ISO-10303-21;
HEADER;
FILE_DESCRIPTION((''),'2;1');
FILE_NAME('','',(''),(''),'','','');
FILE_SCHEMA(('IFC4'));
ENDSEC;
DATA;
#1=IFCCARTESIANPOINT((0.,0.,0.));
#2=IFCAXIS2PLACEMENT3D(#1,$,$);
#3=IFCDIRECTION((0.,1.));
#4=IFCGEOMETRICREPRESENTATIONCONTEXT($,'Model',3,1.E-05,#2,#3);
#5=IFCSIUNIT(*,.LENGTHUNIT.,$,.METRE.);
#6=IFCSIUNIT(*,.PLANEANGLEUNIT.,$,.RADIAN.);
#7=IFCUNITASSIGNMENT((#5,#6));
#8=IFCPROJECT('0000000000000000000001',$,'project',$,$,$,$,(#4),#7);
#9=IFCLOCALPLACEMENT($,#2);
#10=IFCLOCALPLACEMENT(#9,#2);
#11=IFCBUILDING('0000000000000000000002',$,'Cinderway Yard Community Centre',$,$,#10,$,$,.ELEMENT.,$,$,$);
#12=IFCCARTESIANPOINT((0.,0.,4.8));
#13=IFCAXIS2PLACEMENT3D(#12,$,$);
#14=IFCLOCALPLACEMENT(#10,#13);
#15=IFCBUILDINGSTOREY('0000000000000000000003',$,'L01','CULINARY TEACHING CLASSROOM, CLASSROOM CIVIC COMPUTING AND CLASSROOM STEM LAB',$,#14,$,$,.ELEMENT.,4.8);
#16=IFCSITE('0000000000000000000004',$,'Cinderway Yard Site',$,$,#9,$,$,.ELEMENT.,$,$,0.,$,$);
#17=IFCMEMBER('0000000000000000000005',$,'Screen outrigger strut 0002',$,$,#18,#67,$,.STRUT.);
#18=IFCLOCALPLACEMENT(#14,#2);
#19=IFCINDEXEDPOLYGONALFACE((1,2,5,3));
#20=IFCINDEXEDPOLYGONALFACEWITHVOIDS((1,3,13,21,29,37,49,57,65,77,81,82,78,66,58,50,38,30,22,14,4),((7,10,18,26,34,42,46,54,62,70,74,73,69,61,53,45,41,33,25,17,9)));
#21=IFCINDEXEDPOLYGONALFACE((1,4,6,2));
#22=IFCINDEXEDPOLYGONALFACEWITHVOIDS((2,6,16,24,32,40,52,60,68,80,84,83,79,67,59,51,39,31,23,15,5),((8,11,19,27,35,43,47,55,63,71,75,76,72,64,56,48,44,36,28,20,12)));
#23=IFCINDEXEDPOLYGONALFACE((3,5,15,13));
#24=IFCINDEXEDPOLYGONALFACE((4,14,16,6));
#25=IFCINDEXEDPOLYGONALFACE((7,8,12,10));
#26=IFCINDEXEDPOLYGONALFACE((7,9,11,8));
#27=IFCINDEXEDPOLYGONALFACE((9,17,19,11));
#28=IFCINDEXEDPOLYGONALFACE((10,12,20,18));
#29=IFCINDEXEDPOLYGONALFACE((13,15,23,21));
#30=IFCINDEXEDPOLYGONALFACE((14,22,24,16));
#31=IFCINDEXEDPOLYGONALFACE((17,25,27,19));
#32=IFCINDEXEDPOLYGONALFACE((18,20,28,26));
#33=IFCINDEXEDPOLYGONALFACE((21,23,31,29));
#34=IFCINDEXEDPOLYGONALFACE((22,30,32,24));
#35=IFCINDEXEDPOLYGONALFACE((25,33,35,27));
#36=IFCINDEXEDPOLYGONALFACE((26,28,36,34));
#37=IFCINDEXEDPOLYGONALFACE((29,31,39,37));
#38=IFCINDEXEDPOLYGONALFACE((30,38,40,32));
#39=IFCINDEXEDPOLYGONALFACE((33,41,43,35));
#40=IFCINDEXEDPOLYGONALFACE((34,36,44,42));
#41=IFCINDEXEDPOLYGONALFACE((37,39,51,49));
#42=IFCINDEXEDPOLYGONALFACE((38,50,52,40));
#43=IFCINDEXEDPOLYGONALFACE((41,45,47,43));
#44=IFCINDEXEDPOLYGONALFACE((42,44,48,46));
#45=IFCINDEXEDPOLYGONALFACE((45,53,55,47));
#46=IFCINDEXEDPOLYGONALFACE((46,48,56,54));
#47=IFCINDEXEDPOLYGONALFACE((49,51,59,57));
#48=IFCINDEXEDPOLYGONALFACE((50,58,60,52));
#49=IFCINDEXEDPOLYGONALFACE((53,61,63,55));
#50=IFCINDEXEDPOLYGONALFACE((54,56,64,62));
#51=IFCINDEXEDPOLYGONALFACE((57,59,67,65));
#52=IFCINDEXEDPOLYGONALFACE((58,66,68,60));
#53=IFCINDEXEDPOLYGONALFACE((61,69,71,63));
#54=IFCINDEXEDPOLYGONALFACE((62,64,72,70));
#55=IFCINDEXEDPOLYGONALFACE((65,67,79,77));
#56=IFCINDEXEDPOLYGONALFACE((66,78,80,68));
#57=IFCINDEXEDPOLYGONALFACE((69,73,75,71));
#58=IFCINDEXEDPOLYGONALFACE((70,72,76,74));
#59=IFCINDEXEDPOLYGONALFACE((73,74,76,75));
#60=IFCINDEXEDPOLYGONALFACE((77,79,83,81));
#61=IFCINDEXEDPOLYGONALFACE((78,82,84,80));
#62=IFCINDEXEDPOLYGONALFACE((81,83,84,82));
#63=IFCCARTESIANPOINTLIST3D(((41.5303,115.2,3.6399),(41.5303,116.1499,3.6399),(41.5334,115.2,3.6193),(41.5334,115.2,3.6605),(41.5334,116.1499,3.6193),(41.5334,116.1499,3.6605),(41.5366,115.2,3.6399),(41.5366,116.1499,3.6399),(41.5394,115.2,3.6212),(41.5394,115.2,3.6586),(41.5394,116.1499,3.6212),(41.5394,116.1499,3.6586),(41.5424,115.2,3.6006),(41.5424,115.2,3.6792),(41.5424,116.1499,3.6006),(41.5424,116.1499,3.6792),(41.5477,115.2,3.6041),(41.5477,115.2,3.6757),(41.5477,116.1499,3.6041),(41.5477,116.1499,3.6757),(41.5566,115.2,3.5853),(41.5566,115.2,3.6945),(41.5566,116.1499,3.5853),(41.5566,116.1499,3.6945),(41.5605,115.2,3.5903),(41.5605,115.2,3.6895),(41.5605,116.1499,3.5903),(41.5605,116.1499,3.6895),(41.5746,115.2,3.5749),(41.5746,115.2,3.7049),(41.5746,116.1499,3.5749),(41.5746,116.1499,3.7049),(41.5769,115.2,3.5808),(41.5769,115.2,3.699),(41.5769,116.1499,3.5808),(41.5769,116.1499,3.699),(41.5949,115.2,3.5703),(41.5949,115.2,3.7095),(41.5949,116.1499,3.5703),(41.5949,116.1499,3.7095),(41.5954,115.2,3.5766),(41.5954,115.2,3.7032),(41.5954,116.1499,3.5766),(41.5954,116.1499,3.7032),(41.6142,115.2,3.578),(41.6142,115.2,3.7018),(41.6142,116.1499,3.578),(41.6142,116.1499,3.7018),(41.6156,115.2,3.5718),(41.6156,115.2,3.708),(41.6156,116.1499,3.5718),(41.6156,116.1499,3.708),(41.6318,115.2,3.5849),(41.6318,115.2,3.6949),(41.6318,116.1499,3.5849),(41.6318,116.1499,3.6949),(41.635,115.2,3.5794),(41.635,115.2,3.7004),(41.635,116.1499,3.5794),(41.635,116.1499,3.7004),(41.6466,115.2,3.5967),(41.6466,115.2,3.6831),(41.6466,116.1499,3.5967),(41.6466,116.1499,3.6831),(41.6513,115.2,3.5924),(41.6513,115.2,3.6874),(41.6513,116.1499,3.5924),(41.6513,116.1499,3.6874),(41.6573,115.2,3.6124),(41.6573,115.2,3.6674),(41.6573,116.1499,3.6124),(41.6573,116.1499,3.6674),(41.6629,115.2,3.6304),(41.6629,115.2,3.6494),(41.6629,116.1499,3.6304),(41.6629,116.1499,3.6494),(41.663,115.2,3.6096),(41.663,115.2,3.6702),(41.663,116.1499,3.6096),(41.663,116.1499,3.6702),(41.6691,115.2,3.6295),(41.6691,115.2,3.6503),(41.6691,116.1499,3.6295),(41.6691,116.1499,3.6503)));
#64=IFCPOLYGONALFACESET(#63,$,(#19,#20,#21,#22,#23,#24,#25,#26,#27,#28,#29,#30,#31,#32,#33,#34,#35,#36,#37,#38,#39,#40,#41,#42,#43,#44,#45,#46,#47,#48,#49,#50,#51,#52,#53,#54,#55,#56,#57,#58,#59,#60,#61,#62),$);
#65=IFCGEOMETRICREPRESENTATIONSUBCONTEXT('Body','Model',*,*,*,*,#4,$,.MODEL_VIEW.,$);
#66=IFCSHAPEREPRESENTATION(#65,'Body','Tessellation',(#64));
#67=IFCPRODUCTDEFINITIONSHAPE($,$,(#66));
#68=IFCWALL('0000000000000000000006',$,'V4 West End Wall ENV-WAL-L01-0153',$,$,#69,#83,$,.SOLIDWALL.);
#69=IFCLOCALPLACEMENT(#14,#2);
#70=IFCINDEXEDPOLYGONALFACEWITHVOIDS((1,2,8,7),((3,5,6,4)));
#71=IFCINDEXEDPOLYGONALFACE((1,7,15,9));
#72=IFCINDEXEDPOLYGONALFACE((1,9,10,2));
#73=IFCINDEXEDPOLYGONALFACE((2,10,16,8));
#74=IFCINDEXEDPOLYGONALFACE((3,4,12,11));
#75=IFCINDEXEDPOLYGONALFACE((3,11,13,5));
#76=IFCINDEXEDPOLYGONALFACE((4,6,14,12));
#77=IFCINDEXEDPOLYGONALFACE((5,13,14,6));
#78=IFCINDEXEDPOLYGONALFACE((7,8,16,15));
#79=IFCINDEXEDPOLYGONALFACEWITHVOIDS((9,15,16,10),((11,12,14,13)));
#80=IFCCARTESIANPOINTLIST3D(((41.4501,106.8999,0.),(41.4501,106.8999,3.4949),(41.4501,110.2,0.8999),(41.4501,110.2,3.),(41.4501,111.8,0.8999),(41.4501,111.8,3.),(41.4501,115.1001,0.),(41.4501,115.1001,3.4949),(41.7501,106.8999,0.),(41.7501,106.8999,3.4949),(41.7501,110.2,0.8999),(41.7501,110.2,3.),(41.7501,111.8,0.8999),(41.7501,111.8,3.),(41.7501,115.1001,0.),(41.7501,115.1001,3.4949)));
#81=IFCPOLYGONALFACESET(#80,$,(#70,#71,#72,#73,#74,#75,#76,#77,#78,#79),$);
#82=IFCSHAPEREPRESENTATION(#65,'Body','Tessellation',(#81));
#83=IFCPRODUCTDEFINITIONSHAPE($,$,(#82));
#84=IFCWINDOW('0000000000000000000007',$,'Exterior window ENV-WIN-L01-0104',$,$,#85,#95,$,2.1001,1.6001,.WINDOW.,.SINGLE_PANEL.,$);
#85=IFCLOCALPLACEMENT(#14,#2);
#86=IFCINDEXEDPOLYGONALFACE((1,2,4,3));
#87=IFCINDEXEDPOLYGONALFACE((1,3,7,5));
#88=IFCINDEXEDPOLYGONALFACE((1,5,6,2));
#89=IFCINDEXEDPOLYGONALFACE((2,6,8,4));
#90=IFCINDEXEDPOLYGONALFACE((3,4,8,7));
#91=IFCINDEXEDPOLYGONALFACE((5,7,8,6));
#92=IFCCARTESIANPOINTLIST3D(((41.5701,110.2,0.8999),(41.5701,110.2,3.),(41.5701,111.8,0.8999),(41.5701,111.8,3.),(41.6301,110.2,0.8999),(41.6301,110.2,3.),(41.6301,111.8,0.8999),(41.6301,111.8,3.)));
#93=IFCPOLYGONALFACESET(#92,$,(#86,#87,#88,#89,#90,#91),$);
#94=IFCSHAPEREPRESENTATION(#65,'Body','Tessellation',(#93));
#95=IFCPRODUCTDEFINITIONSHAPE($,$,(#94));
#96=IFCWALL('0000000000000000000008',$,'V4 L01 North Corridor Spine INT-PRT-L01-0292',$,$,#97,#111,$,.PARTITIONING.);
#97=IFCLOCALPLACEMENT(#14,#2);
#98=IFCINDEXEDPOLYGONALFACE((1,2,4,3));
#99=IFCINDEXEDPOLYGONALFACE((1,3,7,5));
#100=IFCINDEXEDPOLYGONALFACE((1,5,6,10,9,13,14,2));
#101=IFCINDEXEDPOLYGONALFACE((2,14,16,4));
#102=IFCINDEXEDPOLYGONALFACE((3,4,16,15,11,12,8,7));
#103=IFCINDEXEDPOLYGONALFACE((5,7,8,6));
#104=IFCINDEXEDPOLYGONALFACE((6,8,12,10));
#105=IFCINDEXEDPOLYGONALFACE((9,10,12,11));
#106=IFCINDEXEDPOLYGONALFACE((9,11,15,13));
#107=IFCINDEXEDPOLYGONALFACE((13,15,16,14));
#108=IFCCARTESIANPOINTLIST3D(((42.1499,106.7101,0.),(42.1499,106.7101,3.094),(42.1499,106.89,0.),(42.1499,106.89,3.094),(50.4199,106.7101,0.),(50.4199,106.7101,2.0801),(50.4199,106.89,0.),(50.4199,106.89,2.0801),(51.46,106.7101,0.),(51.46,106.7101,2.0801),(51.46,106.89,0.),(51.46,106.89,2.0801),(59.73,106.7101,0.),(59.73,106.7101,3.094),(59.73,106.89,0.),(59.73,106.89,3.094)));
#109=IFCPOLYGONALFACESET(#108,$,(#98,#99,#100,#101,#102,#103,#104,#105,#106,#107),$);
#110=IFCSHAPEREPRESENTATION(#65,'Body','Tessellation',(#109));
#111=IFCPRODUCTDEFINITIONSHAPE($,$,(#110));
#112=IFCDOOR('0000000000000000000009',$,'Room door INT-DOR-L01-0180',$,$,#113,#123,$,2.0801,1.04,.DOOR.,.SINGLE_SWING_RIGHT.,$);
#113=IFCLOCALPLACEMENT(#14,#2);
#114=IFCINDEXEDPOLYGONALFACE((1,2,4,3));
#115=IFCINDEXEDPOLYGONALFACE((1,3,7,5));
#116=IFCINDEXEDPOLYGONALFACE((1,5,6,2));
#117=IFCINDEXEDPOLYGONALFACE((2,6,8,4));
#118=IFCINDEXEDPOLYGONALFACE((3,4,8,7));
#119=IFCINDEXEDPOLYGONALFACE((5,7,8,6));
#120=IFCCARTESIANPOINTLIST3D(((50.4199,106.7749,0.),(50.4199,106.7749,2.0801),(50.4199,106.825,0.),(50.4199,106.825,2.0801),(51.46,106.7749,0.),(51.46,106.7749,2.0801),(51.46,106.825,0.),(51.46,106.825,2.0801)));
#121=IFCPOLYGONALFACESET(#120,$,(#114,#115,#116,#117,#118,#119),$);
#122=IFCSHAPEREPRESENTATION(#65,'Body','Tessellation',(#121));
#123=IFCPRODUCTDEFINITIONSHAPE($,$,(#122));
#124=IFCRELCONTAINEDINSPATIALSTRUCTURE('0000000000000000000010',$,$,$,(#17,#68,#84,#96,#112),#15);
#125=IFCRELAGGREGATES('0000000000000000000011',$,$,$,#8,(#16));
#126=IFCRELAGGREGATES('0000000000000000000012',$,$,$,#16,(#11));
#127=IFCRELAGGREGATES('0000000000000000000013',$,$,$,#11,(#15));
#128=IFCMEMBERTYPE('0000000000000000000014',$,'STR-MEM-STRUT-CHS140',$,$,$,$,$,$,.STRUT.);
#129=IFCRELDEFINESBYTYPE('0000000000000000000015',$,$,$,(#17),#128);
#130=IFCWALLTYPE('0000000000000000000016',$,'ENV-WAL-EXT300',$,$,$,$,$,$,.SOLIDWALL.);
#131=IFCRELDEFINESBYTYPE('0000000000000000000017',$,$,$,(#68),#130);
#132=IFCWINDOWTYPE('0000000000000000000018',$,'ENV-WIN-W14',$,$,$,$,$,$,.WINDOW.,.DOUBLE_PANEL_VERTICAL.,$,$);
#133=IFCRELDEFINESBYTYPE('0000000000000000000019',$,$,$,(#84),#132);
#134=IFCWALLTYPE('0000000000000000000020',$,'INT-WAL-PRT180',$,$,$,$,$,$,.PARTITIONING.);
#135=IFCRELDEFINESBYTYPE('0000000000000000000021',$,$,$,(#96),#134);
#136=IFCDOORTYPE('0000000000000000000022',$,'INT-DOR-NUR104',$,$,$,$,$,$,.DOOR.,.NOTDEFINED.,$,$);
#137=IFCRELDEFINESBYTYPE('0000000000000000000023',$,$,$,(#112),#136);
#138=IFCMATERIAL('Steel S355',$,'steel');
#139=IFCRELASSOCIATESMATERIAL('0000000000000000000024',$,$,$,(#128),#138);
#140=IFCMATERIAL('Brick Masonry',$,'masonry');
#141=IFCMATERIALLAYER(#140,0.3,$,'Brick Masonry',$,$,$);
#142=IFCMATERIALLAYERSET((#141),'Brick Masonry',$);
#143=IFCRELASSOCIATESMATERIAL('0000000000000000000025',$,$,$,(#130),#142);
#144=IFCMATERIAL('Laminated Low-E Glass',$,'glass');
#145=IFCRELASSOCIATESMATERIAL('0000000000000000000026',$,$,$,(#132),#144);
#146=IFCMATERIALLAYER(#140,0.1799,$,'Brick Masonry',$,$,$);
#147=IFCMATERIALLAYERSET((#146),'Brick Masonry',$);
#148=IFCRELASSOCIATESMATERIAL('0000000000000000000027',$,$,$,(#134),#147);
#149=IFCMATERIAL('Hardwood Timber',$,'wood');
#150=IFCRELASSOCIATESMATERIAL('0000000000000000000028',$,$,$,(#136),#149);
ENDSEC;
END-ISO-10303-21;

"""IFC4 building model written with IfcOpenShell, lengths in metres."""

from ifc_helpers import new_model, si_unit, direction, frame, frame_2d, origin, origin_2d, place, context, subcontext, project, spatial, rectangle, hollow_circle, extrude, material, layer, layer_set, material_profile, profile_set, type_object, element, fill, save


model = new_model("IFC4")

# Units and contexts
model_context = context("Model", 3, precision=1e-05, world=origin(), true_north=direction((0.0, 1.0)))
body_context = subcontext(model_context, "Body", "Model", "MODEL_VIEW")
ifc_project = project(units=[si_unit("LENGTHUNIT", "METRE"), si_unit("PLANEANGLEUNIT", "RADIAN")], contexts=[model_context])

# Site, building, storey
site_placement = place(None, origin())
site = spatial("IfcSite", under=ifc_project, at=site_placement, Name="Cinderway Yard Site", CompositionType="ELEMENT", RefElevation=0.0)
building_placement = place(site_placement, origin())
building = spatial("IfcBuilding", under=site, at=building_placement, Name="Cinderway Yard Community Centre", CompositionType="ELEMENT")
storey_placement = place(building_placement, frame((0.0, 0.0, 4.8)))
storey = spatial("IfcBuildingStorey", under=building, at=storey_placement, Name="L01", Description="CULINARY TEACHING CLASSROOM, CLASSROOM CIVIC COMPUTING AND CLASSROOM STEM LAB", CompositionType="ELEMENT", Elevation=4.8)

# Member
ifc_material_1 = material(Name="Steel S355", Category="steel")
ifc_material_profile_1 = material_profile(ifc_material_1, hollow_circle(Radius=0.0698, WallThickness=0.0063, at=origin_2d()), Name="Steel S355")
ifc_profile_set_1 = profile_set([ifc_material_profile_1], Name="Steel S355")
member_type = type_object("IfcMemberType", Name="STR-MEM-STRUT-CHS140", PredefinedType="STRUT", material=ifc_profile_set_1)
for number, where, z_axis, x_axis, name in (
    (1, (41.6001, 115.2, 3.6399), (0.0, 1.0, 0.0), (-1.0, 0.0, 0.0), "Screen outrigger strut 0002"),
):
    element("IfcMember", number, at=place(storey_placement, frame(where, z_axis=z_axis, x_axis=x_axis)), inside=storey, type_object=member_type, Name=name, PredefinedType="STRUT", context=body_context, shape_type="SweptSolid", body=[
        extrude(hollow_circle(Radius=0.0698, WallThickness=0.0063, at=origin_2d()), origin(), (0.0, 0.0, 1.0), 0.95),
    ])

# Wall, opening, window
ifc_material_2 = material(Name="Brick Masonry", Category="masonry")
ifc_layer_1 = layer(ifc_material_2, 0.3, Name="Brick Masonry")
ifc_layer_set_1 = layer_set([ifc_layer_1], Name="Brick Masonry")
wall_type_1 = type_object("IfcWallType", Name="ENV-WAL-EXT300", PredefinedType="SOLIDWALL", material=ifc_layer_set_1)
wall_1_placement = place(storey_placement, frame((41.6001, 106.8999, 0.0), z_axis=(0.0, 0.0, 1.0), x_axis=(0.0, 1.0, 0.0)))
wall_1 = element("IfcWall", 2, at=wall_1_placement, inside=storey, type_object=wall_type_1, Name="V4 West End Wall ENV-WAL-L01-0153", PredefinedType="SOLIDWALL", context=body_context, shape_type="SweptSolid", body=[
    extrude(rectangle(XDim=8.2002, YDim=0.3, at=frame_2d((4.1001, 0.0))), origin(), (0.0, 0.0, 1.0), 3.4949),
])
opening_1_placement = place(wall_1_placement, frame((3.3, 0.0, 0.8999)))
opening_1 = element("IfcOpeningElement", 3, at=opening_1_placement, cuts=wall_1, PredefinedType="OPENING", context=body_context, shape_type="SweptSolid", body=[
    extrude(rectangle(XDim=1.6001, YDim=2.1001, at=frame_2d((0.8, 1.05))), frame((0.0, 0.1599, 0.0), z_axis=(0.0, -1.0, 0.0), x_axis=(1.0, 0.0, 0.0)), (0.0, 0.0, 1.0), 0.3201),
])
ifc_material_3 = material(Name="Laminated Low-E Glass", Category="glass")
window_type = type_object("IfcWindowType", Name="ENV-WIN-W14", PartitioningType="DOUBLE_PANEL_VERTICAL", PredefinedType="WINDOW", material=ifc_material_3)
window_placement = place(opening_1_placement, origin())
window = element("IfcWindow", 4, at=window_placement, inside=storey, type_object=window_type, Name="Exterior window ENV-WIN-L01-0104", OverallHeight=2.1001, OverallWidth=1.6001, PartitioningType="SINGLE_PANEL", PredefinedType="WINDOW", context=body_context, shape_type="SweptSolid", body=[
    extrude(rectangle(XDim=1.6001, YDim=2.1001, at=frame_2d((0.8, 1.05))), frame((0.0, 0.03, 0.0), z_axis=(0.0, -1.0, 0.0), x_axis=(1.0, 0.0, 0.0)), (0.0, 0.0, 1.0), 0.0601),
])
fill(opening_1, window)

# Wall, opening, door
ifc_layer_2 = layer(ifc_material_2, 0.1799, Name="Brick Masonry")
ifc_layer_set_2 = layer_set([ifc_layer_2], Name="Brick Masonry")
wall_type_2 = type_object("IfcWallType", Name="INT-WAL-PRT180", PredefinedType="PARTITIONING", material=ifc_layer_set_2)
wall_2_placement = place(storey_placement, frame((42.1499, 106.8, 0.0), z_axis=(0.0, 0.0, 1.0), x_axis=(1.0, 0.0, 0.0)))
wall_2 = element("IfcWall", 5, at=wall_2_placement, inside=storey, type_object=wall_type_2, Name="V4 L01 North Corridor Spine INT-PRT-L01-0292", PredefinedType="PARTITIONING", context=body_context, shape_type="SweptSolid", body=[
    extrude(rectangle(XDim=17.5801, YDim=0.1799, at=frame_2d((8.79, 0.0))), origin(), (0.0, 0.0, 1.0), 3.094),
])
opening_2_placement = place(wall_2_placement, frame((8.27, 0.0, 0.0)))
opening_2 = element("IfcOpeningElement", 6, at=opening_2_placement, cuts=wall_2, PredefinedType="OPENING", context=body_context, shape_type="SweptSolid", body=[
    extrude(rectangle(XDim=1.04, YDim=2.0801, at=frame_2d((0.52, 1.04))), frame((0.0, 0.0999, 0.0), z_axis=(0.0, -1.0, 0.0), x_axis=(1.0, 0.0, 0.0)), (0.0, 0.0, 1.0), 0.2),
])
ifc_material_4 = material(Name="Hardwood Timber", Category="wood")
door_type = type_object("IfcDoorType", Name="INT-DOR-NUR104", OperationType="NOTDEFINED", PredefinedType="DOOR", material=ifc_material_4)
door_placement = place(opening_2_placement, origin())
door = element("IfcDoor", 7, at=door_placement, inside=storey, type_object=door_type, Name="Room door INT-DOR-L01-0180", OperationType="SINGLE_SWING_RIGHT", OverallHeight=2.0801, OverallWidth=1.04, PredefinedType="DOOR", context=body_context, shape_type="SweptSolid", body=[
    extrude(rectangle(XDim=1.04, YDim=2.0801, at=frame_2d((0.52, 1.04))), frame((0.0, 0.0249, 0.0), z_axis=(0.0, -1.0, 0.0), x_axis=(1.0, 0.0, 0.0)), (0.0, 0.0, 1.0), 0.05),
])
fill(opening_2, door)

save(model, "model.ifc")
